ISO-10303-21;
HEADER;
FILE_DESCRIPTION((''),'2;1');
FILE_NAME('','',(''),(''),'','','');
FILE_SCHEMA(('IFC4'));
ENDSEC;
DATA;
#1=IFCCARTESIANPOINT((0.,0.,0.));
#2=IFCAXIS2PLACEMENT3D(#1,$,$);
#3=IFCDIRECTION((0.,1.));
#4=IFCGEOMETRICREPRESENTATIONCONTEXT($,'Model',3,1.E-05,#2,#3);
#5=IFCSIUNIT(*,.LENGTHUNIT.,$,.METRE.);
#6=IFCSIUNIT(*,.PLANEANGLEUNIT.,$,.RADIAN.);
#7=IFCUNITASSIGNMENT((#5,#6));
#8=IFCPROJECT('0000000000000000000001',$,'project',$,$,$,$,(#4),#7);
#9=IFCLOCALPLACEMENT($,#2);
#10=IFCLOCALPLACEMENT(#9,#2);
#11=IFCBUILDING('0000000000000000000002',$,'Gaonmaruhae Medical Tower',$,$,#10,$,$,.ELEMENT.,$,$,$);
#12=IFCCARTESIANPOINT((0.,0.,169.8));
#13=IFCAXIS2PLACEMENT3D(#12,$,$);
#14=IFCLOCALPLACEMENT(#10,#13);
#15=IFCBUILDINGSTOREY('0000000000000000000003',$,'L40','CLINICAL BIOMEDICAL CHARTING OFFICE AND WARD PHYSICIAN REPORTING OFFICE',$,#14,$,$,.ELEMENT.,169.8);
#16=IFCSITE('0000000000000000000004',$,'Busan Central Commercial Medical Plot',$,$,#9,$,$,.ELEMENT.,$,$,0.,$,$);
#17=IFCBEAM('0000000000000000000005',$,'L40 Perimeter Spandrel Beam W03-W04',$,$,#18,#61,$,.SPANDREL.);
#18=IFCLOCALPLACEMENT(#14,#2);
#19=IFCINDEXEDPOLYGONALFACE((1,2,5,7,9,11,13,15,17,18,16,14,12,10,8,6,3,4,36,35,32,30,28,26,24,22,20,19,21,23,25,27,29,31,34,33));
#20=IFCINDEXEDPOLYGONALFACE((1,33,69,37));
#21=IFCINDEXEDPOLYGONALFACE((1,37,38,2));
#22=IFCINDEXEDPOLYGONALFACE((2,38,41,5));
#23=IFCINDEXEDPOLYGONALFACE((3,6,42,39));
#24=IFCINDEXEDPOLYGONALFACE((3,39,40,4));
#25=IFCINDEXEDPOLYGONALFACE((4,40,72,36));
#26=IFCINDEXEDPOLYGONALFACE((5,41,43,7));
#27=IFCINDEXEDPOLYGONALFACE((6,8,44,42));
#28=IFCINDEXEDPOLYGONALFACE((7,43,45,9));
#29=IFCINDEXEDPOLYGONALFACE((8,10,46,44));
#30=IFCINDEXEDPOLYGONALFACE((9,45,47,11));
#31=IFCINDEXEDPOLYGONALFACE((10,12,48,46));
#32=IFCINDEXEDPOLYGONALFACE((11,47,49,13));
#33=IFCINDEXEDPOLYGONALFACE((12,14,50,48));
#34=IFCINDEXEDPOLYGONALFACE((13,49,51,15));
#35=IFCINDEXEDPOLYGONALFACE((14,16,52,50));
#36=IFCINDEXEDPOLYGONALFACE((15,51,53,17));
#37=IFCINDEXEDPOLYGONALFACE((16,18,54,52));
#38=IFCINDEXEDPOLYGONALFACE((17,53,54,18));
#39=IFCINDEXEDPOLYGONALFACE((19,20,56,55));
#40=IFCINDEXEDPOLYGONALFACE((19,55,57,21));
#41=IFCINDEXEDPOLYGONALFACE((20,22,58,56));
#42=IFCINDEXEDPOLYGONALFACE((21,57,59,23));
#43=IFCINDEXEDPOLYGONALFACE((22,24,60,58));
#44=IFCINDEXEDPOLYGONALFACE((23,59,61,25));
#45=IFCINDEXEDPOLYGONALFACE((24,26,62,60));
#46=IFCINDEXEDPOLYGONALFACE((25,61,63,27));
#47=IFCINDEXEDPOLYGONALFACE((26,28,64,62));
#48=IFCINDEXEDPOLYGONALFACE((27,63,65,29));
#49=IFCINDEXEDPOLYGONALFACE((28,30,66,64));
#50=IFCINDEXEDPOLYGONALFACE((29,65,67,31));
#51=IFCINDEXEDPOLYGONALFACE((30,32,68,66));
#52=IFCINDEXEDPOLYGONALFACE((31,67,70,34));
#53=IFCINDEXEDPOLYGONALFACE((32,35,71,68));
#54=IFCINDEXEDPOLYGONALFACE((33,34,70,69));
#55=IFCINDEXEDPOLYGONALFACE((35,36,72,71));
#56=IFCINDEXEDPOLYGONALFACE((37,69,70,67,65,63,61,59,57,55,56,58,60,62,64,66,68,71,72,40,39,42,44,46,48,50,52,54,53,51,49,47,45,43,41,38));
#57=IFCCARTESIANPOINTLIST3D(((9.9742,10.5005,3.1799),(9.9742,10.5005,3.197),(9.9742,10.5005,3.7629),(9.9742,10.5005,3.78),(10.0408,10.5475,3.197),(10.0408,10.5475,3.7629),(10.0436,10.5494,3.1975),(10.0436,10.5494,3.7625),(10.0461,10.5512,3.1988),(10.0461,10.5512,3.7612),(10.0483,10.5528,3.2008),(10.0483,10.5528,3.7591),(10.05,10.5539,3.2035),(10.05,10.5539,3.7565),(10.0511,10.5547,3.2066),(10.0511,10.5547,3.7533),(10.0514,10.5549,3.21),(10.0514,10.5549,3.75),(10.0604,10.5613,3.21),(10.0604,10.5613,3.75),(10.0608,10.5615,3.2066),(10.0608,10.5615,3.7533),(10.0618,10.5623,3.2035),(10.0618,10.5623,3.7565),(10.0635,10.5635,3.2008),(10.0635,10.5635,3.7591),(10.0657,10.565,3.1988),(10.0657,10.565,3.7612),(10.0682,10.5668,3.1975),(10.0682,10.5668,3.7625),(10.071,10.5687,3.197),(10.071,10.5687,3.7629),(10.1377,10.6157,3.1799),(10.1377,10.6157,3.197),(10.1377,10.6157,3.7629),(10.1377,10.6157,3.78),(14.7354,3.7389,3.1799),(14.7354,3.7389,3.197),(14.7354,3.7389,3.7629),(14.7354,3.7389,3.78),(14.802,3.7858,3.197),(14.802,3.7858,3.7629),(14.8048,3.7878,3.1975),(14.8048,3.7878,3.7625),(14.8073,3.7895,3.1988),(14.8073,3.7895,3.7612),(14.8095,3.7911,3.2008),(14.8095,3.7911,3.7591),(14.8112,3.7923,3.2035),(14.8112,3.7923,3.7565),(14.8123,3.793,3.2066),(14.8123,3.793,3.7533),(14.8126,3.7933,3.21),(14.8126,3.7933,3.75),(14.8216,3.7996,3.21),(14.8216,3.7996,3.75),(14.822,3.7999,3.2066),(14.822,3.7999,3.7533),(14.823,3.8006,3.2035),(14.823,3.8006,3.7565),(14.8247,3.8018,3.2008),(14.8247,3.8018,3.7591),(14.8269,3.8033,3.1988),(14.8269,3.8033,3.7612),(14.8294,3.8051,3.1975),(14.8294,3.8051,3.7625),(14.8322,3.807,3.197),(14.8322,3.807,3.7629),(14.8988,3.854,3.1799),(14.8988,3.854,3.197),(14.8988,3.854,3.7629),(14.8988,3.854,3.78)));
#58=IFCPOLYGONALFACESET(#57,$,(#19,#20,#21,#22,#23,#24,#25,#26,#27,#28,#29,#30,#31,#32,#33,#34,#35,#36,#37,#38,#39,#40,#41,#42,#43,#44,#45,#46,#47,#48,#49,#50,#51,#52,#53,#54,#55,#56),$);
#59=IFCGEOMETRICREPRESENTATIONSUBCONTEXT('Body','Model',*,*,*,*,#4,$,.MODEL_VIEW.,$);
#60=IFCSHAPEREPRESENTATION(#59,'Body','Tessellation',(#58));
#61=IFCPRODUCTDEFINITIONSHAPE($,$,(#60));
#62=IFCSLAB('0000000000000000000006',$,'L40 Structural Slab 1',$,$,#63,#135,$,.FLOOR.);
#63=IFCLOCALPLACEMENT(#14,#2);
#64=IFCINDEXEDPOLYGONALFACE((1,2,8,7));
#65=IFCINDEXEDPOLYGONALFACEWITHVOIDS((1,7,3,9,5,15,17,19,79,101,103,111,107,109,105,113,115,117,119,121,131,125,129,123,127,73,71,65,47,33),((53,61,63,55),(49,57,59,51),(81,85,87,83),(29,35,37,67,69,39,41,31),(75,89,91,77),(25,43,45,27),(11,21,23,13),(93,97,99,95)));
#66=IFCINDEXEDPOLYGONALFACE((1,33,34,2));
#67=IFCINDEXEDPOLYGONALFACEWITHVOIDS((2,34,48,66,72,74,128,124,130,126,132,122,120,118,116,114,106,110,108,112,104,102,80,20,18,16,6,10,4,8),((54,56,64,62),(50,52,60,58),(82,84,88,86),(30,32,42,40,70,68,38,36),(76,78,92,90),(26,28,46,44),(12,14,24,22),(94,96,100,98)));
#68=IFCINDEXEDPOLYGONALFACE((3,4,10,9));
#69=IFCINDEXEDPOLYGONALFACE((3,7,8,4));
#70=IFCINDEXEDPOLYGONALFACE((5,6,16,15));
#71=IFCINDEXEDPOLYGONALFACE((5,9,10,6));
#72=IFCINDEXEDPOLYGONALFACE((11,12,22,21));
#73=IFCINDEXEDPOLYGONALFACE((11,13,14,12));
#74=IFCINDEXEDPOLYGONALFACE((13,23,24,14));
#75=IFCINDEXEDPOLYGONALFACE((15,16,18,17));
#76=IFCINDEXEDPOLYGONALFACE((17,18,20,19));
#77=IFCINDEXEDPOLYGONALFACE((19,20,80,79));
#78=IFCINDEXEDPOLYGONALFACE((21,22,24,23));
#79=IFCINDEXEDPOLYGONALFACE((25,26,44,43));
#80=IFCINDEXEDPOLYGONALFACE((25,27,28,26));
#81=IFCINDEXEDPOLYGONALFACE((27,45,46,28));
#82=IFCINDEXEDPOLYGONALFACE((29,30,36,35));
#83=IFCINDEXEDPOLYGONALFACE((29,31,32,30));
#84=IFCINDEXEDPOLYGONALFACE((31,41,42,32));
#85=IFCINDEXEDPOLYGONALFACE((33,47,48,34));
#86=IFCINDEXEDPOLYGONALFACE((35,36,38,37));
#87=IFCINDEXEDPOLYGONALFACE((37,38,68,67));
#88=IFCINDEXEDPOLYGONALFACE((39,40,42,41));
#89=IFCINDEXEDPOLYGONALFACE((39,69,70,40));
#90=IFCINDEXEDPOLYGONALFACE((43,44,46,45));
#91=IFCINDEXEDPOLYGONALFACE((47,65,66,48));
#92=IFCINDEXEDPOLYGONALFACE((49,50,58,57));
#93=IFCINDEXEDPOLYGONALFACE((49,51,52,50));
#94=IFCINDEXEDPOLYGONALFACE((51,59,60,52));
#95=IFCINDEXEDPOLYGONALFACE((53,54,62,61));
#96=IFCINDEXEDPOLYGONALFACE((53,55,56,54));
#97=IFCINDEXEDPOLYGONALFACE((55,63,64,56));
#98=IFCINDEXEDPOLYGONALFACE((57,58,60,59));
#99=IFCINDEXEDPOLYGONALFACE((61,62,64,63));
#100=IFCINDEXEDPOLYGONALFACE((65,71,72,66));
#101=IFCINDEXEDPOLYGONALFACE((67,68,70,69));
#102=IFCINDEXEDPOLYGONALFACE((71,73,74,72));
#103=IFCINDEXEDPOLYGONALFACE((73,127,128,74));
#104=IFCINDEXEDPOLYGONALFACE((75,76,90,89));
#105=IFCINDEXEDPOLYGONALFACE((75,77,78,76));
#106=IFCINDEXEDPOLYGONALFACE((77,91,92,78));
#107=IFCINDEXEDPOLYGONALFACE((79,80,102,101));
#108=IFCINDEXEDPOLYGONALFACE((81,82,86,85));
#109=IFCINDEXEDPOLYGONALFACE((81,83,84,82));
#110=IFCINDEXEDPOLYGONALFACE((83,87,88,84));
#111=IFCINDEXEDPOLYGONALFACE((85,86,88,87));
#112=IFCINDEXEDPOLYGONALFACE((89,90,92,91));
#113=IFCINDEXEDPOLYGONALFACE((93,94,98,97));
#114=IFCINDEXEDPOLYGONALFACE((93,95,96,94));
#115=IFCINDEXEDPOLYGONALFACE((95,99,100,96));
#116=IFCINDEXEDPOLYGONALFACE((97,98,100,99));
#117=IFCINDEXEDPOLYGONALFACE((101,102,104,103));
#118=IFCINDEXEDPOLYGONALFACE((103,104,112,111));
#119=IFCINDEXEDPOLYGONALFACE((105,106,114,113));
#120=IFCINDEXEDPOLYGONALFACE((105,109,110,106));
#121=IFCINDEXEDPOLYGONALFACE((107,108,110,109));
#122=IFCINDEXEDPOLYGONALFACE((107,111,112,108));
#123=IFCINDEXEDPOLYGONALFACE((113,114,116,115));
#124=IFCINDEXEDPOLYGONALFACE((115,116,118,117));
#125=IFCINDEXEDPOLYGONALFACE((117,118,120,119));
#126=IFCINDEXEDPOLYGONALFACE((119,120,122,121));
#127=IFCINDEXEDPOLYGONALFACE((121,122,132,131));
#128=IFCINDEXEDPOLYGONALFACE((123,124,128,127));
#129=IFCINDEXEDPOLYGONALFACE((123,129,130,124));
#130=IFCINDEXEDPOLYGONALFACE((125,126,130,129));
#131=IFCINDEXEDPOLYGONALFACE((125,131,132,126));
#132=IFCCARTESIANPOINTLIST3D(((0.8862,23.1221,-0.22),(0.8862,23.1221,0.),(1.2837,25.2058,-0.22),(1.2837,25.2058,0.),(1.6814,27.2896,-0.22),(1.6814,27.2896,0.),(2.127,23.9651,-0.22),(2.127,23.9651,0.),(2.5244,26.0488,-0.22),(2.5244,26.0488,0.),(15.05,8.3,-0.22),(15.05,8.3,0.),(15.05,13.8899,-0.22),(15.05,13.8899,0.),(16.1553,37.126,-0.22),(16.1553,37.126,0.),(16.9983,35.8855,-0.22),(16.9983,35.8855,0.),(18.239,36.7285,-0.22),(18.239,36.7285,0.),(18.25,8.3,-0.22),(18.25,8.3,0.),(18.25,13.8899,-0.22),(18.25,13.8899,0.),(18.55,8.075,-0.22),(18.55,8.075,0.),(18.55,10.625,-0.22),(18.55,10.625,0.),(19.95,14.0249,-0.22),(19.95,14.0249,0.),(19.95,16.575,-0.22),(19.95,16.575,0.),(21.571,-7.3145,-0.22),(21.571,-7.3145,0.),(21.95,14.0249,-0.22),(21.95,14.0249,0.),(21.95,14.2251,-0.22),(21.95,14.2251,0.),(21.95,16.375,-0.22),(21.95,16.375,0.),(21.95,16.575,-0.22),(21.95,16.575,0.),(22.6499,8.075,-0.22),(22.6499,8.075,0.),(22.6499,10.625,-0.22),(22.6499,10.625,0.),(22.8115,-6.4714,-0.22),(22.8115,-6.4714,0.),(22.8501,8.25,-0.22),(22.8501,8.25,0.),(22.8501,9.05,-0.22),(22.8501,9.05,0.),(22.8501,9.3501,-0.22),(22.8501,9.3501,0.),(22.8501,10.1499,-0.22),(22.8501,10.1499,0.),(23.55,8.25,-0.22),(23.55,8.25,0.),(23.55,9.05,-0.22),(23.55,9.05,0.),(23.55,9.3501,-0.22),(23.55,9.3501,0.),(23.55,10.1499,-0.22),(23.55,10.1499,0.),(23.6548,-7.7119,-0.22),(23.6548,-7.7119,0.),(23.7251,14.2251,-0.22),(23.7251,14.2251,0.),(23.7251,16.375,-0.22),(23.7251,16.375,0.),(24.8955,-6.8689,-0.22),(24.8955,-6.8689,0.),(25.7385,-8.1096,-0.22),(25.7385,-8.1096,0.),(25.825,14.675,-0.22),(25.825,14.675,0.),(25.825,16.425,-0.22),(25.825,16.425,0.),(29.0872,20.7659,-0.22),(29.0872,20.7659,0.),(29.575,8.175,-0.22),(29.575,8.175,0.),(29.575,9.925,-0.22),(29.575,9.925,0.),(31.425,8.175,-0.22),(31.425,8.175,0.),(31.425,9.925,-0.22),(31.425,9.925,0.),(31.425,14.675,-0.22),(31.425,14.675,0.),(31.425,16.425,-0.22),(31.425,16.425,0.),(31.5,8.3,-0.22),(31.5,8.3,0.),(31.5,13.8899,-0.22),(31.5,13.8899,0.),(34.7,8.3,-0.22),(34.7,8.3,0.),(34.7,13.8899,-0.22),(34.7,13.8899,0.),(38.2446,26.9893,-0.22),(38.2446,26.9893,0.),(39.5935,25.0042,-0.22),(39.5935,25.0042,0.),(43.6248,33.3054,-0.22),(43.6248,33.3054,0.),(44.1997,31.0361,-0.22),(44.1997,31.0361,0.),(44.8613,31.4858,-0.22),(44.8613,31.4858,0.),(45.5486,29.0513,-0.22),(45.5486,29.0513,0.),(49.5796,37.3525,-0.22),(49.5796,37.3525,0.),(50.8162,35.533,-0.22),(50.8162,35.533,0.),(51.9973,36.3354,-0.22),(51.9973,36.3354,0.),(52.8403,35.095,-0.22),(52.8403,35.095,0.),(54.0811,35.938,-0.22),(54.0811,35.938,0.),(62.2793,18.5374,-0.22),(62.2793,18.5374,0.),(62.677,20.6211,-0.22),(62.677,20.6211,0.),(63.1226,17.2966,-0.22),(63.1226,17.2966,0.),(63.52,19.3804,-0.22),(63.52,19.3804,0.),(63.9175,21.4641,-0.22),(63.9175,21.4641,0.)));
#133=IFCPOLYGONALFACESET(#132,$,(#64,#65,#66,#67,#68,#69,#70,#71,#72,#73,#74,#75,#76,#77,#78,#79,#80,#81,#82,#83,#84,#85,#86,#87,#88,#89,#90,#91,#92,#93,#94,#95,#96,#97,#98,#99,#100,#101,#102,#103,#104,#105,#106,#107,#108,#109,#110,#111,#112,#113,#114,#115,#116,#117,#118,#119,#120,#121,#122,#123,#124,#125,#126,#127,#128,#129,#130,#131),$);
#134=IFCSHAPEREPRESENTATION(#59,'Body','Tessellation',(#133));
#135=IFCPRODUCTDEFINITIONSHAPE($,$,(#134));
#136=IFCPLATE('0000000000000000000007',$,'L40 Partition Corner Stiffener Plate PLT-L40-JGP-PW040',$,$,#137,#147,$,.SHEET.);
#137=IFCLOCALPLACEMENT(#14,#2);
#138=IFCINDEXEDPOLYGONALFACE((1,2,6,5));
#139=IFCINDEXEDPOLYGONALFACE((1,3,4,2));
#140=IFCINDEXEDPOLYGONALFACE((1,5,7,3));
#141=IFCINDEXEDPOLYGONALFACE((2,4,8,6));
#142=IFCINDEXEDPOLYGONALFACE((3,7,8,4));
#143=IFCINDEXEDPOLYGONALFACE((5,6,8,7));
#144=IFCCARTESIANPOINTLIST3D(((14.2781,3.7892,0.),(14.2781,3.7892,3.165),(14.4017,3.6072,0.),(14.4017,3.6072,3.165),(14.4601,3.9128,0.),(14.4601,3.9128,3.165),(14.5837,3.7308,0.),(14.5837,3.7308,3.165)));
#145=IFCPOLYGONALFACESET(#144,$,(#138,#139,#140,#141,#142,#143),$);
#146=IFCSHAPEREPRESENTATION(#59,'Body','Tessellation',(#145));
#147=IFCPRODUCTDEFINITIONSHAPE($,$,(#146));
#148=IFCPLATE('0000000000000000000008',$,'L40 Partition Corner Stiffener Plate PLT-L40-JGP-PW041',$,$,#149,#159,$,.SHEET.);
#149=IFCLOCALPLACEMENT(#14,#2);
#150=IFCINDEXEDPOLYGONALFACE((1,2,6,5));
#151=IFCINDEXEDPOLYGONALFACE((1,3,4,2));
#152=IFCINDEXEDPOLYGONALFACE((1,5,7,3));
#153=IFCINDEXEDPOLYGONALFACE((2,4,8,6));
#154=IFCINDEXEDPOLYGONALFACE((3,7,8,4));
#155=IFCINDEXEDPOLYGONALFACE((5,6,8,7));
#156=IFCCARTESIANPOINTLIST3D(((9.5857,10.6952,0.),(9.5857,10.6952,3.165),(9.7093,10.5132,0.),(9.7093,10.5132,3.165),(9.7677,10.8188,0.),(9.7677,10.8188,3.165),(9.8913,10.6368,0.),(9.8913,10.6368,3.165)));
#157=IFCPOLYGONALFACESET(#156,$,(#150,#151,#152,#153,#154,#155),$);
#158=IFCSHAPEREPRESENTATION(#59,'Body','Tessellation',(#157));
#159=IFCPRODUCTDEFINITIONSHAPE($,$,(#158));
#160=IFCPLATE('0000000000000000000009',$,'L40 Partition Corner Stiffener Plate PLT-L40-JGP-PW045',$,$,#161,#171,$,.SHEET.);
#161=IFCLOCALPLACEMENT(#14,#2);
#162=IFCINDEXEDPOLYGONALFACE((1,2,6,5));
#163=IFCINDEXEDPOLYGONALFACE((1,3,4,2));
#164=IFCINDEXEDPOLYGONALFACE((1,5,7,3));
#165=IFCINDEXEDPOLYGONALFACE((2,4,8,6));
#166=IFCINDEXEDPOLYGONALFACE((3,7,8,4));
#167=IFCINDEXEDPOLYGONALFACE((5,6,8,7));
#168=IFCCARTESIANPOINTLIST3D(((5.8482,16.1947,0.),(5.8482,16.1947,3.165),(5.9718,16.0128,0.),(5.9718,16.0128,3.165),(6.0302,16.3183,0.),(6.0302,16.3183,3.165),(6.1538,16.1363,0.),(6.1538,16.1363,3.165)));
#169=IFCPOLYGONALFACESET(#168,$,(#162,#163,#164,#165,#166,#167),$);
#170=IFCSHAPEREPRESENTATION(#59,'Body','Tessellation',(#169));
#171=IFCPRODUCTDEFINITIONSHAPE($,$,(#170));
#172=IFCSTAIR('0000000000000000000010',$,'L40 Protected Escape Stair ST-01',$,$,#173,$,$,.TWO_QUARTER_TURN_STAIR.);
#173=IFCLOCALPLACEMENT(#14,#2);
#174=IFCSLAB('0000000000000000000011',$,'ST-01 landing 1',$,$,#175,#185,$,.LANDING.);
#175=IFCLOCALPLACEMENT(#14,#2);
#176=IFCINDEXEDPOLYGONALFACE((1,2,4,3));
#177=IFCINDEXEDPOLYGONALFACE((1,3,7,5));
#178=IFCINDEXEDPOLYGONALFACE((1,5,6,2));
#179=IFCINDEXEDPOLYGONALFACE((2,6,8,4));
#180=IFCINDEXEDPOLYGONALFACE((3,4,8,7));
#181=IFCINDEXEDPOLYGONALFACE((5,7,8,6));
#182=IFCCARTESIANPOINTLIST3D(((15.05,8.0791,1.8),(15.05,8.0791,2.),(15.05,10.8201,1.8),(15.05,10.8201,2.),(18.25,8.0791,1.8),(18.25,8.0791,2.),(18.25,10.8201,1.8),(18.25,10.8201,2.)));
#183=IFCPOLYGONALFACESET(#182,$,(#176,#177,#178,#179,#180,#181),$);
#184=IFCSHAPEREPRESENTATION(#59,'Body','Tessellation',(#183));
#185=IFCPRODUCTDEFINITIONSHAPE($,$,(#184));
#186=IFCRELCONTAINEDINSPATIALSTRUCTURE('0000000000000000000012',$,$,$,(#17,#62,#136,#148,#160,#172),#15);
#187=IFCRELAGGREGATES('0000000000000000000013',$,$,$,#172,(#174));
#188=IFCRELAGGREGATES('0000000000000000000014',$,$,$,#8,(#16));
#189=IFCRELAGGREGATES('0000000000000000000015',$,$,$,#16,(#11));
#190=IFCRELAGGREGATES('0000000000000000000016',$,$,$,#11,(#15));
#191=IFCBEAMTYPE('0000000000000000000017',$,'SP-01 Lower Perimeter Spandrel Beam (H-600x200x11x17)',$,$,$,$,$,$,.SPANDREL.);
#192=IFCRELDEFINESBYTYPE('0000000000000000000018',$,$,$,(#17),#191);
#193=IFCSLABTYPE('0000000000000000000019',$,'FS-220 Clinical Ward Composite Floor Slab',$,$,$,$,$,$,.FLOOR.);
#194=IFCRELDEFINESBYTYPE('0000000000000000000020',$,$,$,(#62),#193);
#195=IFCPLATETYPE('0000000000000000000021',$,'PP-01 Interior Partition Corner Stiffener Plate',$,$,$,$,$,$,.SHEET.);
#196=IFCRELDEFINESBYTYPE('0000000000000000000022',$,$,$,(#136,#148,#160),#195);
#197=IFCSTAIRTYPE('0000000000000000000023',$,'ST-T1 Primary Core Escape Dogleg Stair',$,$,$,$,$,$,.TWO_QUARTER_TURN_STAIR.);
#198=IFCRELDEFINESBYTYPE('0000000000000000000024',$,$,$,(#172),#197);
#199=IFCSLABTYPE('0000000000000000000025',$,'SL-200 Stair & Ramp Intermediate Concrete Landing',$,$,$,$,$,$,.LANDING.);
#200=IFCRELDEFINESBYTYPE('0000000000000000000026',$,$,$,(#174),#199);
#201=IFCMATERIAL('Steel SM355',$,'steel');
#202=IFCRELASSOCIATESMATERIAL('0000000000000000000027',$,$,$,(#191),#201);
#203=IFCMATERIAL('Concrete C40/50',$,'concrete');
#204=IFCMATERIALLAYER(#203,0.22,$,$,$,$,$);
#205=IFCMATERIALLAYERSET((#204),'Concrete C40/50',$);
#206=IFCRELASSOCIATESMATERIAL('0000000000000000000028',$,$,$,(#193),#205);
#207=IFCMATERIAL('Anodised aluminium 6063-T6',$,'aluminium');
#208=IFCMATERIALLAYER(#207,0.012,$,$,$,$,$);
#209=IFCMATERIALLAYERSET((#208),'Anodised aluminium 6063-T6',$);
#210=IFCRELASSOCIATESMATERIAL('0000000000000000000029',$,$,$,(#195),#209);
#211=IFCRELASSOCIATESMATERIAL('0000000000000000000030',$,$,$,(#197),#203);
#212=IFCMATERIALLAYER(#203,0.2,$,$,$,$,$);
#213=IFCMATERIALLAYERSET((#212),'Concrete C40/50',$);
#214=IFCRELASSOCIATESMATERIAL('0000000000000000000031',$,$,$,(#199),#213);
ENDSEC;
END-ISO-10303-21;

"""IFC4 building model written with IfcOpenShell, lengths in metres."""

from ifc_helpers import new_model, si_unit, direction, frame, origin, origin_2d, place, context, subcontext, project, spatial, polyline, rectangle, i_section, outline, extrude, material, layer, layer_set, material_profile, profile_set, type_object, element, aggregate, save


model = new_model("IFC4")

# Units and contexts
model_context = context("Model", 3, precision=1e-05, world=origin(), true_north=direction((0.0, 1.0)))
body_context = subcontext(model_context, "Body", "Model", "MODEL_VIEW")
ifc_project = project(units=[si_unit("LENGTHUNIT", "METRE"), si_unit("PLANEANGLEUNIT", "RADIAN")], contexts=[model_context])

# Site, building, storey
site_placement = place(None, origin())
site = spatial("IfcSite", under=ifc_project, at=site_placement, Name="Busan Central Commercial Medical Plot", CompositionType="ELEMENT", RefElevation=0.0)
building_placement = place(site_placement, origin())
building = spatial("IfcBuilding", under=site, at=building_placement, Name="Gaonmaruhae Medical Tower", CompositionType="ELEMENT")
storey_placement = place(building_placement, frame((0.0, 0.0, 169.8)))
storey = spatial("IfcBuildingStorey", under=building, at=storey_placement, Name="L40", Description="CLINICAL BIOMEDICAL CHARTING OFFICE AND WARD PHYSICIAN REPORTING OFFICE", CompositionType="ELEMENT", Elevation=169.8)

# Beam
ifc_material_1 = material(Name="Steel SM355", Category="steel")
ifc_material_profile_1 = material_profile(ifc_material_1, i_section(OverallWidth=0.2, OverallDepth=0.6001, WebThickness=0.011, FlangeThickness=0.0171, FilletRadius=0.0129, at=origin_2d()), Name="H-600x200x11x17")
ifc_profile_set_1 = profile_set([ifc_material_profile_1], Name="Steel SM355")
beam_type_1 = type_object("IfcBeamType", Name="SP-01 Lower Perimeter Spandrel Beam (H-600x200x11x17)", PredefinedType="SPANDREL", material=ifc_profile_set_1)
beam_1_placement = place(storey_placement, frame((10.0559, 10.5581, 3.48), z_axis=(0.575735, -0.817637, 0.0), x_axis=(0.817637, 0.575735, 0.0)))
element("IfcBeam", 1, at=beam_1_placement, inside=storey, type_object=beam_type_1, Name="L40 Perimeter Spandrel Beam W03-W04", PredefinedType="SPANDREL", context=body_context, shape_type="SweptSolid", body=[
    extrude(i_section(OverallWidth=0.2, OverallDepth=0.6001, WebThickness=0.011, FlangeThickness=0.0171, FilletRadius=0.0129, at=origin_2d()), origin(), (0.0, 0.0, 1.0), 8.2698),
])

# Slab
ifc_material_2 = material(Name="Concrete C40/50", Category="concrete")
ifc_layer_1 = layer(ifc_material_2, 0.22)
ifc_layer_set_1 = layer_set([ifc_layer_1], Name="Concrete C40/50")
slab_type_1 = type_object("IfcSlabType", Name="FS-220 Clinical Ward Composite Floor Slab", PredefinedType="FLOOR", material=ifc_layer_set_1)
slab_1_placement = place(storey_placement, frame((0.0, 0.0, -0.22)))
element("IfcSlab", 2, at=slab_1_placement, inside=storey, type_object=slab_type_1, Name="L40 Structural Slab 1", PredefinedType="FLOOR", context=body_context, shape_type="SweptSolid", body=[
    extrude(outline(polyline([(52.8403, 35.095), (54.0811, 35.938), (63.9175, 21.4641), (62.677, 20.6211), (63.52, 19.3804), (62.2793, 18.5374), (63.1226, 17.2966), (25.7385, -8.1096), (24.8955, -6.8689), (23.6548, -7.7119), (22.8115, -6.4714), (21.571, -7.3145), (0.8862, 23.1221), (2.127, 23.9651), (1.2837, 25.2058), (2.5244, 26.0488), (1.6814, 27.2896), (16.1553, 37.126), (16.9983, 35.8855), (18.239, 36.7285), (29.0872, 20.7659), (38.2446, 26.9893), (39.5935, 25.0042), (45.5486, 29.0513), (44.1997, 31.0361), (44.8613, 31.4858), (43.6248, 33.3054), (49.5796, 37.3525), (50.8162, 35.533), (51.9973, 36.3354), (52.8403, 35.095)]), holes=[polyline([(23.55, 8.25), (22.8501, 8.25), (22.8501, 9.05), (23.55, 9.05), (23.55, 8.25)]), polyline([(31.425, 9.925), (31.425, 8.175), (29.575, 8.175), (29.575, 9.925), (31.425, 9.925)]), polyline([(22.6499, 10.625), (22.6499, 8.075), (18.55, 8.075), (18.55, 10.625), (22.6499, 10.625)]), polyline([(23.55, 9.3501), (22.8501, 9.3501), (22.8501, 10.1499), (23.55, 10.1499), (23.55, 9.3501)]), polyline([(15.05, 13.8899), (18.25, 13.8899), (18.25, 8.3), (15.05, 8.3), (15.05, 13.8899)]), polyline([(31.5, 13.8899), (34.7, 13.8899), (34.7, 8.3), (31.5, 8.3), (31.5, 13.8899)]), polyline([(21.95, 14.2251), (21.95, 14.0249), (19.95, 14.0249), (19.95, 16.575), (21.95, 16.575), (21.95, 16.375), (23.7251, 16.375), (23.7251, 14.2251), (21.95, 14.2251)]), polyline([(31.425, 16.425), (31.425, 14.675), (25.825, 14.675), (25.825, 16.425), (31.425, 16.425)])]), origin(), (0.0, 0.0, 1.0), 0.22),
])

# Plates
ifc_material_3 = material(Name="Anodised aluminium 6063-T6", Category="aluminium")
ifc_layer_2 = layer(ifc_material_3, 0.012)
ifc_layer_set_2 = layer_set([ifc_layer_2], Name="Anodised aluminium 6063-T6")
plate_type = type_object("IfcPlateType", Name="PP-01 Interior Partition Corner Stiffener Plate", PredefinedType="SHEET", material=ifc_layer_set_2)
for number, where, z_axis, x_axis, name in (
    (3, (14.4309, 3.76, 0.0), (0.0, 0.0, 1.0), (-0.561694, 0.827345, 0.0), "L40 Partition Corner Stiffener Plate PLT-L40-JGP-PW040"),
    (4, (9.7385, 10.666, 0.0), (0.0, 0.0, 1.0), (-0.561896, 0.827208, 0.0), "L40 Partition Corner Stiffener Plate PLT-L40-JGP-PW041"),
    (5, (6.001, 16.1655, 0.0), (0.0, 0.0, 1.0), (-0.561722, 0.827326, 0.0), "L40 Partition Corner Stiffener Plate PLT-L40-JGP-PW045"),
):
    element("IfcPlate", number, at=place(storey_placement, frame(where, z_axis=z_axis, x_axis=x_axis)), inside=storey, type_object=plate_type, Name=name, PredefinedType="SHEET", context=body_context, shape_type="SweptSolid", body=[
        extrude(rectangle(XDim=0.22, YDim=0.22, at=origin_2d()), origin(), (0.0, 0.0, 1.0), 3.165),
    ])

# Stair, slab
stair_type = type_object("IfcStairType", Name="ST-T1 Primary Core Escape Dogleg Stair", PredefinedType="TWO_QUARTER_TURN_STAIR", material=ifc_material_2)
stair_1_placement = place(storey_placement, origin())
stair_1 = element("IfcStair", 6, at=stair_1_placement, inside=storey, type_object=stair_type, Name="L40 Protected Escape Stair ST-01", PredefinedType="TWO_QUARTER_TURN_STAIR")
ifc_layer_3 = layer(ifc_material_2, 0.2)
ifc_layer_set_3 = layer_set([ifc_layer_3], Name="Concrete C40/50")
slab_type_2 = type_object("IfcSlabType", Name="SL-200 Stair & Ramp Intermediate Concrete Landing", PredefinedType="LANDING", material=ifc_layer_set_3)
slab_2_placement = place(storey_placement, frame((0.0, 0.0, 1.8)))
slab_2 = element("IfcSlab", 7, at=slab_2_placement, type_object=slab_type_2, Name="ST-01 landing 1", PredefinedType="LANDING", context=body_context, shape_type="SweptSolid", body=[
    extrude(outline(polyline([(15.05, 10.8201), (15.05, 8.0791), (18.25, 8.0791), (18.25, 10.8201), (15.05, 10.8201)])), origin(), (0.0, 0.0, 1.0), 0.2),
])
aggregate(stair_1, [slab_2])

save(model, "model.ifc")
